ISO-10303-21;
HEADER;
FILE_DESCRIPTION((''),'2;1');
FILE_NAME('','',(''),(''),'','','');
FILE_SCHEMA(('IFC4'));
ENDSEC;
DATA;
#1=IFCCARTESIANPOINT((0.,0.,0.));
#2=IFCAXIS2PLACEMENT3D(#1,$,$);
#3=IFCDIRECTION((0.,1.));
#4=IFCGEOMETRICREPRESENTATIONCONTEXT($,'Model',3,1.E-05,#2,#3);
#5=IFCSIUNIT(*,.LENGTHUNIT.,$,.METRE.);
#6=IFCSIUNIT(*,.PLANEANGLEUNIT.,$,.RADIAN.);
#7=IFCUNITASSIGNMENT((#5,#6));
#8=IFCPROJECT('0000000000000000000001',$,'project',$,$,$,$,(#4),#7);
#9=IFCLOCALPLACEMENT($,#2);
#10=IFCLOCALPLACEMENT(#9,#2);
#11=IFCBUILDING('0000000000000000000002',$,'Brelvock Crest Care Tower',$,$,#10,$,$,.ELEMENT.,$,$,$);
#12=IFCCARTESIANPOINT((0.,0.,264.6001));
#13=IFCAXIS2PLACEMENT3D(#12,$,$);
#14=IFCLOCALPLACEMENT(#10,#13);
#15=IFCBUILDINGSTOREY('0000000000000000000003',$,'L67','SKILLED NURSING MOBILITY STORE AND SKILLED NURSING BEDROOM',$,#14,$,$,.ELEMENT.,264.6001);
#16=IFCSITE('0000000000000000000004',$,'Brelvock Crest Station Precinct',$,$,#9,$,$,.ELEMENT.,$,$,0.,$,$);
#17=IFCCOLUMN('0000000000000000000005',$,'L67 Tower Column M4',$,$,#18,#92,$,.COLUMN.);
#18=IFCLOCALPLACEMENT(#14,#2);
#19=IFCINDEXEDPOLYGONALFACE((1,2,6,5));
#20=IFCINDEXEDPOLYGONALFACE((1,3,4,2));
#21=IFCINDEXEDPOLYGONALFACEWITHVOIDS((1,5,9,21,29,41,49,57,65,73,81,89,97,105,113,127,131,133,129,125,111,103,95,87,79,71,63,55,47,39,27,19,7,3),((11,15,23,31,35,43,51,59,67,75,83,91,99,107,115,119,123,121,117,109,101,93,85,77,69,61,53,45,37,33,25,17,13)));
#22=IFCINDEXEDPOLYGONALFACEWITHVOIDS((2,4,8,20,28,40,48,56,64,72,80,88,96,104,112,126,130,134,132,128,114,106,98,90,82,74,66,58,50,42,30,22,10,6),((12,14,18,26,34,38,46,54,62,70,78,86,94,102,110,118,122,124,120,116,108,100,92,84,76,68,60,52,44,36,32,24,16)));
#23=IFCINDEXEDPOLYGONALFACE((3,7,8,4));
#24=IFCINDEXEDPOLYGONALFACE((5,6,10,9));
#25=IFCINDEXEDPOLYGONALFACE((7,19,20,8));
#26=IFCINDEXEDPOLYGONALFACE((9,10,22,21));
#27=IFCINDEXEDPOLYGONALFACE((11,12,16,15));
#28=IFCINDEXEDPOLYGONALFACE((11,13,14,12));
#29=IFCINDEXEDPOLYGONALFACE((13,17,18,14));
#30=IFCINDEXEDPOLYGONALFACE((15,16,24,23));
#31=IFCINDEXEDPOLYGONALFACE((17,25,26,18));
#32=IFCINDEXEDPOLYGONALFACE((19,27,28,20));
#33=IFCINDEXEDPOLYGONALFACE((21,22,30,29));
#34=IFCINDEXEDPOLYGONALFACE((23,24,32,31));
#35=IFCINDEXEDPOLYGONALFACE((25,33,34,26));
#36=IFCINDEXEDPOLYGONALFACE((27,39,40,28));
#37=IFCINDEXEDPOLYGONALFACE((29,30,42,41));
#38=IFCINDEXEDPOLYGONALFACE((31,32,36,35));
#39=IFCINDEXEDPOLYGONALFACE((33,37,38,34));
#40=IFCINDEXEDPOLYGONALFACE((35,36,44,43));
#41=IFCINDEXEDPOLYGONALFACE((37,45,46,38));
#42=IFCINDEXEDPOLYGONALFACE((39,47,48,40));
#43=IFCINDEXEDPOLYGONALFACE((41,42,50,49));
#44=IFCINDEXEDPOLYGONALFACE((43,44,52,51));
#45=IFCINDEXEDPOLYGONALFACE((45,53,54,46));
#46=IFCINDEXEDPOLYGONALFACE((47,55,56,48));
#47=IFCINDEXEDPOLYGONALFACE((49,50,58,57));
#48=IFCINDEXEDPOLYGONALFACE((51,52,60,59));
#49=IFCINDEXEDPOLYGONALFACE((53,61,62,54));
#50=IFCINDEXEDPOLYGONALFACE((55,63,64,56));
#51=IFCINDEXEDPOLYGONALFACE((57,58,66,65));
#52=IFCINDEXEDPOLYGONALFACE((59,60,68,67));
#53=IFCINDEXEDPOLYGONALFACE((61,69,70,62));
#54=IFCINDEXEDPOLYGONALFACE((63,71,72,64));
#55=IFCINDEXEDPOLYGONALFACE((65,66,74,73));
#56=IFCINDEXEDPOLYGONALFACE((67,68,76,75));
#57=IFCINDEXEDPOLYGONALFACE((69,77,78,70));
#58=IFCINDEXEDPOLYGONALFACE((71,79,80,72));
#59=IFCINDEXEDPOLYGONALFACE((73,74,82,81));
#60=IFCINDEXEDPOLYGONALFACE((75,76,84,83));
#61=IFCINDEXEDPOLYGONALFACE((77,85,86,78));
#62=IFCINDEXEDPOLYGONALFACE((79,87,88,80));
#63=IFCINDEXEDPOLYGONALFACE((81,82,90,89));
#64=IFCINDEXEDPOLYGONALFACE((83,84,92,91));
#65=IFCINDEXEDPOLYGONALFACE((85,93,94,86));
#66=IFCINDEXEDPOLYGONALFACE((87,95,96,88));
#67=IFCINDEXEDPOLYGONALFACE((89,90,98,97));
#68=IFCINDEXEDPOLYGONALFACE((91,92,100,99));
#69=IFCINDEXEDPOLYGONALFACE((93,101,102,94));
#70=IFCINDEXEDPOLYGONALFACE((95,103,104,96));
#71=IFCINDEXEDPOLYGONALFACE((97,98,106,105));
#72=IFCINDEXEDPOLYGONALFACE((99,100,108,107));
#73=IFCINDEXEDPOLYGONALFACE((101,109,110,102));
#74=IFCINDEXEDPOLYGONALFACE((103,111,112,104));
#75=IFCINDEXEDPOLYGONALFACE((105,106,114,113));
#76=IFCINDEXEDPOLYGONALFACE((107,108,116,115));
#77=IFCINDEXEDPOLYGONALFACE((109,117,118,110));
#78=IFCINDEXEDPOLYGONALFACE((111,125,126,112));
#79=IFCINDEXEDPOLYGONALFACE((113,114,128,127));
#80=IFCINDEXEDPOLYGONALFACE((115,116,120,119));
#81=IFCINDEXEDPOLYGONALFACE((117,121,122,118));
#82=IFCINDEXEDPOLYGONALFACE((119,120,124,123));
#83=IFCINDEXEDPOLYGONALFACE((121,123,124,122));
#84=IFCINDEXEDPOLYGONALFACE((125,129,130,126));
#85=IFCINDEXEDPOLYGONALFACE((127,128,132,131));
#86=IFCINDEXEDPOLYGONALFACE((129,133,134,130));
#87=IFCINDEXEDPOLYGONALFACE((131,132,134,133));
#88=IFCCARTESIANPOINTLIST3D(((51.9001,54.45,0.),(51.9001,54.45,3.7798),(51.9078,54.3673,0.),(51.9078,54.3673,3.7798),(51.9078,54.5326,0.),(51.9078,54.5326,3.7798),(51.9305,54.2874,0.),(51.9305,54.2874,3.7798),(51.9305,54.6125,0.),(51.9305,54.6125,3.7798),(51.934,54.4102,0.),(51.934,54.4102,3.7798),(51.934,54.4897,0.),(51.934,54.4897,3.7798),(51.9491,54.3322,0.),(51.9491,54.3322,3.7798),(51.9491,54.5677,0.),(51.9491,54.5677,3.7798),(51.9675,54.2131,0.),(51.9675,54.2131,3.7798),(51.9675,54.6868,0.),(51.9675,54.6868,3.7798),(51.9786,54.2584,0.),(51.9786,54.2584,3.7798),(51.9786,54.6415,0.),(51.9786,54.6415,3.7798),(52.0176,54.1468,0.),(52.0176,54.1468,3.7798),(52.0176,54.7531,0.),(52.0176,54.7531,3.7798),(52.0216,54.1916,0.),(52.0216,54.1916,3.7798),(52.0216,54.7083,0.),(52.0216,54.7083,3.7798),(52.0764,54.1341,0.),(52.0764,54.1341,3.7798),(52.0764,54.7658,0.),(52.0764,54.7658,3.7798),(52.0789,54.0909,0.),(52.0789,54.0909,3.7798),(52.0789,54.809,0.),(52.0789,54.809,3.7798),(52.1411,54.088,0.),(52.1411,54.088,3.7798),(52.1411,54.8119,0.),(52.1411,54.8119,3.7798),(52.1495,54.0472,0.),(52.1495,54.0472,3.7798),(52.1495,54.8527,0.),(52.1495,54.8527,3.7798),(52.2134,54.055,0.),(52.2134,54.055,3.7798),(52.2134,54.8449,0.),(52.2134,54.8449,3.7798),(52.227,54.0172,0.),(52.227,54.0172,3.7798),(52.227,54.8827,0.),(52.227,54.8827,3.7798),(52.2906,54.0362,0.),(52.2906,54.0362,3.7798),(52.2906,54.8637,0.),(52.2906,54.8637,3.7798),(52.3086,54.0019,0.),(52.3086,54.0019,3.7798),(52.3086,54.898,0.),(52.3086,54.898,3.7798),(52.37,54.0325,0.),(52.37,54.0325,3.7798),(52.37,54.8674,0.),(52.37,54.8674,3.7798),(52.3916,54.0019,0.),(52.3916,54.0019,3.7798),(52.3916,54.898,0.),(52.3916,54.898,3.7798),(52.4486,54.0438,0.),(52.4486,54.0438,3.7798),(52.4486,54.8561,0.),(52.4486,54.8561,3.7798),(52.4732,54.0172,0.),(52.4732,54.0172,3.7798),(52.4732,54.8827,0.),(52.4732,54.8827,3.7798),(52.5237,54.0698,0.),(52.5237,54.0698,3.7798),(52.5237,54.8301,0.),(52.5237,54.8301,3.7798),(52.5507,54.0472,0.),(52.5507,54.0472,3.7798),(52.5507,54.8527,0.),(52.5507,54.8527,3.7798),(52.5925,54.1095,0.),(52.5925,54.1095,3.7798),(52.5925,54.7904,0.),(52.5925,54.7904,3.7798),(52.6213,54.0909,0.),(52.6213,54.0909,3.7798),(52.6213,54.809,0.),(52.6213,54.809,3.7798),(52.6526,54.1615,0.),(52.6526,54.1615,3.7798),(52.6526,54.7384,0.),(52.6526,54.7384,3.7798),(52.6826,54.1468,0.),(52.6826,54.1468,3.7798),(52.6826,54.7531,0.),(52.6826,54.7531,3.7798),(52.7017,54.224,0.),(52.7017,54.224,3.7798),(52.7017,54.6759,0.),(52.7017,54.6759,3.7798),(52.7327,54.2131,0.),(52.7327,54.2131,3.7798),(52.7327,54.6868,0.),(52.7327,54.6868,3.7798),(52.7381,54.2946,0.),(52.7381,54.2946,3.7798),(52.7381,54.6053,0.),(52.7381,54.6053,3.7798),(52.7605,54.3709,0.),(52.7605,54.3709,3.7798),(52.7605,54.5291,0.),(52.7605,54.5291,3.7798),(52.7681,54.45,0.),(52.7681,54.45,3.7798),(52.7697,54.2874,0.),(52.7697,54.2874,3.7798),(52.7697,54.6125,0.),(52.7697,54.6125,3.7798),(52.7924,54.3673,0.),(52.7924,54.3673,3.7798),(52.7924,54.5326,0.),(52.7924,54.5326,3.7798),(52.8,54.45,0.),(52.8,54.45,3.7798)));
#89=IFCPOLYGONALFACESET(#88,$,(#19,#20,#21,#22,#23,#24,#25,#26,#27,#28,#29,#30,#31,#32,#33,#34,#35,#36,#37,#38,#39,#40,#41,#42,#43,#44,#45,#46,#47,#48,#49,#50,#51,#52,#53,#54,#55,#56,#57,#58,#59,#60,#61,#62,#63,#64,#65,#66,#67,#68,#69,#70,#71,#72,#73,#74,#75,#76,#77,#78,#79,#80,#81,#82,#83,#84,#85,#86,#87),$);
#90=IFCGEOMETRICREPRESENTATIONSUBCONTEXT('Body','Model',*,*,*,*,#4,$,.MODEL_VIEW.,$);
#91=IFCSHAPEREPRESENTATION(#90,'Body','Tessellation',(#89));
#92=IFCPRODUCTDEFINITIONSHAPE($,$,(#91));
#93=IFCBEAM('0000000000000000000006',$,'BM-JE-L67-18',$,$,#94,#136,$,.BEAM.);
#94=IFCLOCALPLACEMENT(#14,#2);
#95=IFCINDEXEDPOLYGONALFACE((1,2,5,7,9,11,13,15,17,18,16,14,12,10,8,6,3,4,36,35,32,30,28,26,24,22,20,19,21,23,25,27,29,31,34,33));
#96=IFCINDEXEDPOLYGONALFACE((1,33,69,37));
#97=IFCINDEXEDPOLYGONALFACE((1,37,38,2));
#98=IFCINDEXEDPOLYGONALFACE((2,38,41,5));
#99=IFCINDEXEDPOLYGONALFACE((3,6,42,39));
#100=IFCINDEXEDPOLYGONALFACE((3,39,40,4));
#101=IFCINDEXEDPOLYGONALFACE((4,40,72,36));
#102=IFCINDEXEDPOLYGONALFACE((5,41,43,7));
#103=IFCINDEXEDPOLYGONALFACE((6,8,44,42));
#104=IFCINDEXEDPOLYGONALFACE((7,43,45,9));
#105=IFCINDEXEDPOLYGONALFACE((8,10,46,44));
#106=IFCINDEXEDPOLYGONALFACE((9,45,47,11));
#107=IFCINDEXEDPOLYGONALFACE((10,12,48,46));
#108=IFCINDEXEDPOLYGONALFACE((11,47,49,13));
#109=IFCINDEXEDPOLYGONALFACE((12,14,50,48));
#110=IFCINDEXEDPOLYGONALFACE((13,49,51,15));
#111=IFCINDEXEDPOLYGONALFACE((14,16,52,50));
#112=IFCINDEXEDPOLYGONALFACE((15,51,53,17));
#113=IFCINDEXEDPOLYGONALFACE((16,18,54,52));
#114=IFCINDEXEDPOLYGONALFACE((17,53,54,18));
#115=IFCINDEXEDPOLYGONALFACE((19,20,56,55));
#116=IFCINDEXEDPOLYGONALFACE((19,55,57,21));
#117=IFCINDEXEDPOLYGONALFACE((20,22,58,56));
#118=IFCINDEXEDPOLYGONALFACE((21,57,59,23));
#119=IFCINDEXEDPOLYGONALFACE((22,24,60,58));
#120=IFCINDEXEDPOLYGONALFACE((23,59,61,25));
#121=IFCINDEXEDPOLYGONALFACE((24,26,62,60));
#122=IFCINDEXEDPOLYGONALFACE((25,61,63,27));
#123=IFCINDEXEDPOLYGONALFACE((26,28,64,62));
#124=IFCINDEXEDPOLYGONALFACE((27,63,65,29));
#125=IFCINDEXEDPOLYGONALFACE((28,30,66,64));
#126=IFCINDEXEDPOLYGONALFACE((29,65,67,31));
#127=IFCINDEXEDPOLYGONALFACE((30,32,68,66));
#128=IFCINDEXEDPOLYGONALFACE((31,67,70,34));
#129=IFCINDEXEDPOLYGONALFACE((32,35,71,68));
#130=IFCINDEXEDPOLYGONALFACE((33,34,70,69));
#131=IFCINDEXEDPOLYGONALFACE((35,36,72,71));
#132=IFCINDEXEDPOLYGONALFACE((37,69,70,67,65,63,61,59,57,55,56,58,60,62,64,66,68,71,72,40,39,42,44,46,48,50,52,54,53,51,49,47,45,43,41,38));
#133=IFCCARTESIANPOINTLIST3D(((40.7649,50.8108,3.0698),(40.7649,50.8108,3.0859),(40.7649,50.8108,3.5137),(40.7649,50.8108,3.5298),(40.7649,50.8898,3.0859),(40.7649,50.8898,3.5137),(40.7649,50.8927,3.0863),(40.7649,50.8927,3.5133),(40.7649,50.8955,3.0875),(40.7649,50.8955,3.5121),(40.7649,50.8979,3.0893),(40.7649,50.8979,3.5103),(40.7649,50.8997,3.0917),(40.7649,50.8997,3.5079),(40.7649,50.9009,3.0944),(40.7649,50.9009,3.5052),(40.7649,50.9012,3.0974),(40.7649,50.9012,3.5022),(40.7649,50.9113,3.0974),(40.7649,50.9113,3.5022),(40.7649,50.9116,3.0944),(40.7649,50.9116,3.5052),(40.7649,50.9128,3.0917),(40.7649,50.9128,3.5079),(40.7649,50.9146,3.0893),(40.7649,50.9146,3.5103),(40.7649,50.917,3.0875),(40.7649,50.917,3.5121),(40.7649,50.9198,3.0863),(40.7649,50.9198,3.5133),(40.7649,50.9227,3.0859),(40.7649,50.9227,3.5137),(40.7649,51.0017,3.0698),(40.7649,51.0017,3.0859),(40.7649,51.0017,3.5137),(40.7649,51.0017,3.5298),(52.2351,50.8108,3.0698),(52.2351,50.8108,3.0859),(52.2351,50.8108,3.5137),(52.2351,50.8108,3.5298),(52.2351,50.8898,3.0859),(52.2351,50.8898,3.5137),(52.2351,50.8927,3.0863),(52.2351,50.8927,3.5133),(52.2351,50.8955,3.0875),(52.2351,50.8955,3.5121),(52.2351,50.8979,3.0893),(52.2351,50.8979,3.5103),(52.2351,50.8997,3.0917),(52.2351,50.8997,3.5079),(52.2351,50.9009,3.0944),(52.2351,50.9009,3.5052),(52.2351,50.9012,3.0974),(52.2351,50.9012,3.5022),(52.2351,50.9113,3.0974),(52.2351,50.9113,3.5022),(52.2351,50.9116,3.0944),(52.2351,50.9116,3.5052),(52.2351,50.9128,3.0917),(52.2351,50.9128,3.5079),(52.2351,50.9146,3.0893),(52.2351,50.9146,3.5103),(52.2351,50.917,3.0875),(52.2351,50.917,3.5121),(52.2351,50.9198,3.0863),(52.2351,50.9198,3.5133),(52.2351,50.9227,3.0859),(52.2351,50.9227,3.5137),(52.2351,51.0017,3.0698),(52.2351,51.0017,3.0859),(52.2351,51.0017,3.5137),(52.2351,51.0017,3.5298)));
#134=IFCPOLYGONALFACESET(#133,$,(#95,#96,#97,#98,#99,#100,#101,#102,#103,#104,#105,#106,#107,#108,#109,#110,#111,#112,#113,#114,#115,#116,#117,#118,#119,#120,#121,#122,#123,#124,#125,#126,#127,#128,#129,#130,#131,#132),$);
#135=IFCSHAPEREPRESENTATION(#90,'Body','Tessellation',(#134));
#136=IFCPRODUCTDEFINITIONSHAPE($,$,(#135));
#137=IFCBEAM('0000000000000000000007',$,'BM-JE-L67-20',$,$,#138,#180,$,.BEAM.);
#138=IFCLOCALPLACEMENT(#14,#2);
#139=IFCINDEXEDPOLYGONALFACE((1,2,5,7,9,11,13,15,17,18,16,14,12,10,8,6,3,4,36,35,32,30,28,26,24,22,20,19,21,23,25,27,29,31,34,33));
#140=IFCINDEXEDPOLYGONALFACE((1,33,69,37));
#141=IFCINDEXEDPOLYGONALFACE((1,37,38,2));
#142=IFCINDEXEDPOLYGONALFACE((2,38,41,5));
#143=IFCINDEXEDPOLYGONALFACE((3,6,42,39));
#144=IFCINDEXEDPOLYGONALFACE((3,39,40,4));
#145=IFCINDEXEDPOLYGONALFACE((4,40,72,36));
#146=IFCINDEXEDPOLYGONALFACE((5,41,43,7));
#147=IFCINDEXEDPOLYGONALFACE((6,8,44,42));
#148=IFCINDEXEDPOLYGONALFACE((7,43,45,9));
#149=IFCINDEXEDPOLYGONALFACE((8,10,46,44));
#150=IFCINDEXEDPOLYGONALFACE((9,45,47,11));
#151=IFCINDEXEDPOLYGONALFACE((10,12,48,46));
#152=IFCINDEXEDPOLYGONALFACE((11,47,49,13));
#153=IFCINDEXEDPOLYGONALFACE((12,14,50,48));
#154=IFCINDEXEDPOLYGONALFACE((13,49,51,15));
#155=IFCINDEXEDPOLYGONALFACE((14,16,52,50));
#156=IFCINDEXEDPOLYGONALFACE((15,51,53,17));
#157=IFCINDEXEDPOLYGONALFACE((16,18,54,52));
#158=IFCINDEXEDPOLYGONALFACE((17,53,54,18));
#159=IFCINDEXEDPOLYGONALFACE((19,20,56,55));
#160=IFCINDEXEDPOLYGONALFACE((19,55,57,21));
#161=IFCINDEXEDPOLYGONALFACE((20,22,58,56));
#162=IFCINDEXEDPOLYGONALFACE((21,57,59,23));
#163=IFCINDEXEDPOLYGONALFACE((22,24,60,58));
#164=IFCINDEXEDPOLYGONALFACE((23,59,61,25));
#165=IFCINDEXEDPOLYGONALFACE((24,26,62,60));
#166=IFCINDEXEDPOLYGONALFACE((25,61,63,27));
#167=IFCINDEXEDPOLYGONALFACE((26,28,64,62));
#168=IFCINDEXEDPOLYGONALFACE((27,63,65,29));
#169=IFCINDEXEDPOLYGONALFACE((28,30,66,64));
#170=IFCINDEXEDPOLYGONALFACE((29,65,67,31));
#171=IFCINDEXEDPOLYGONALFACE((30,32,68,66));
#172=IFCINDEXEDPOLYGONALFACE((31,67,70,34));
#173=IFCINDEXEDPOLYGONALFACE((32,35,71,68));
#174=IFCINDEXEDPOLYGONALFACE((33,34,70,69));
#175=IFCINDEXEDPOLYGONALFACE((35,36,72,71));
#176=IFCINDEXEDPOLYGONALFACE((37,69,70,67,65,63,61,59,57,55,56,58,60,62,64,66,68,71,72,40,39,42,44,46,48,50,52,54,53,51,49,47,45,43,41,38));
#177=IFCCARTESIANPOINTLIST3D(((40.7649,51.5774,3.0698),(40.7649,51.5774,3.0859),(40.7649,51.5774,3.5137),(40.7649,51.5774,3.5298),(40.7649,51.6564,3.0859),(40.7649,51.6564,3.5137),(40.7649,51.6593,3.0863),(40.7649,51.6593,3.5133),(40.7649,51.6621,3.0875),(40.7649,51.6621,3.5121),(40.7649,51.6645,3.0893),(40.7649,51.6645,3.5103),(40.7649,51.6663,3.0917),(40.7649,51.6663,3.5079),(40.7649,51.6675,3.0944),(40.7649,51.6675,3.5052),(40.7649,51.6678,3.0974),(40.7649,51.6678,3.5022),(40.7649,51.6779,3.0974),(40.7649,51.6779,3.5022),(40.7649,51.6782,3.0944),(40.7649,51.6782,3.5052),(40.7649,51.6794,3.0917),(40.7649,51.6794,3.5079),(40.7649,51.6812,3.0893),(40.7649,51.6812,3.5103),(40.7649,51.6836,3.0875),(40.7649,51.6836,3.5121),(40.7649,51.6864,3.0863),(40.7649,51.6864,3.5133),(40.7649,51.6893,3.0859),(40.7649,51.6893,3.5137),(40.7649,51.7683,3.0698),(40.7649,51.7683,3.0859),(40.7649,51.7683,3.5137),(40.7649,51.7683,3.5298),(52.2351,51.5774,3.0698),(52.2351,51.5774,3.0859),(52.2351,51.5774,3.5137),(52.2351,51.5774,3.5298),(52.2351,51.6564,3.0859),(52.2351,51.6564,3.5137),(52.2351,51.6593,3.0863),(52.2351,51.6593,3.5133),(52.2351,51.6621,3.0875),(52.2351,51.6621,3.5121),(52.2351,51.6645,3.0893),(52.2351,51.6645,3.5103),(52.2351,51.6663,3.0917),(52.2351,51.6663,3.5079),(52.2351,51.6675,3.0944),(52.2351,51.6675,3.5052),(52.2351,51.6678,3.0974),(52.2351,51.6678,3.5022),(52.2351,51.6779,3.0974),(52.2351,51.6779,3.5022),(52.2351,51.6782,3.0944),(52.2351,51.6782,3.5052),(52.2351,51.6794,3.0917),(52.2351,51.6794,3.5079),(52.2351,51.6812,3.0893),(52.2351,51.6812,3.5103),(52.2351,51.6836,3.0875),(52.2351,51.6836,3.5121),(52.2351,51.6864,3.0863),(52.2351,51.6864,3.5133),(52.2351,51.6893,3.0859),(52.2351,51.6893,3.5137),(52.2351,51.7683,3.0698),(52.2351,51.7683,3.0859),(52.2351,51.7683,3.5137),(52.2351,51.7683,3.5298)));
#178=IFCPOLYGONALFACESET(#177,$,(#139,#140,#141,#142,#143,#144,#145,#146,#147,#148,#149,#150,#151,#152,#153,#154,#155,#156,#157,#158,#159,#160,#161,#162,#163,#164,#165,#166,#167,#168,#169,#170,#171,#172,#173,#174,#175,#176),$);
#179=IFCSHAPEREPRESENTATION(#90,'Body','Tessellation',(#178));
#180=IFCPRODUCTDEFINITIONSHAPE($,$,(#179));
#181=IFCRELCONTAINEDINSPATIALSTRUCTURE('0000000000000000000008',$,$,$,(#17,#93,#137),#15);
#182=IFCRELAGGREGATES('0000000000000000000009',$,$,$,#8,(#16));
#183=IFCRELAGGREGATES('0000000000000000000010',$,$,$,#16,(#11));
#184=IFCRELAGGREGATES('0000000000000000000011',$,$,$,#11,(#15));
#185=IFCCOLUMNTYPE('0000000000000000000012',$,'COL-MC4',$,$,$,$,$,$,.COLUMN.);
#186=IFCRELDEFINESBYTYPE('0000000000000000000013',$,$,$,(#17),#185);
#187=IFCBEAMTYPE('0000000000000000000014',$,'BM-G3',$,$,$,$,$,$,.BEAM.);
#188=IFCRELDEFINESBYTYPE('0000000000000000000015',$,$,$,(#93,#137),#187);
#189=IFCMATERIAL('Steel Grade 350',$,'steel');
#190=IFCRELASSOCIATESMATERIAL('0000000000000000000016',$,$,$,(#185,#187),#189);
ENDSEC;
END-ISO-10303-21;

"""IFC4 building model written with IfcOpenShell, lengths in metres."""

from ifc_helpers import new_model, si_unit, direction, frame, origin, origin_2d, place, context, subcontext, project, spatial, hollow_circle, i_section, extrude, source, transform, mapped, material, material_profile, profile_set, type_object, element, save


model = new_model("IFC4")

# Units and contexts
model_context = context("Model", 3, precision=1e-05, world=origin(), true_north=direction((0.0, 1.0)))
body_context = subcontext(model_context, "Body", "Model", "MODEL_VIEW")
ifc_project = project(units=[si_unit("LENGTHUNIT", "METRE"), si_unit("PLANEANGLEUNIT", "RADIAN")], contexts=[model_context])

# Site, building, storey
site_placement = place(None, origin())
site = spatial("IfcSite", under=ifc_project, at=site_placement, Name="Brelvock Crest Station Precinct", CompositionType="ELEMENT", RefElevation=0.0)
building_placement = place(site_placement, origin())
building = spatial("IfcBuilding", under=site, at=building_placement, Name="Brelvock Crest Care Tower", CompositionType="ELEMENT")
storey_placement = place(building_placement, frame((0.0, 0.0, 264.6001)))
storey = spatial("IfcBuildingStorey", under=building, at=storey_placement, Name="L67", Description="SKILLED NURSING MOBILITY STORE AND SKILLED NURSING BEDROOM", CompositionType="ELEMENT", Elevation=264.6001)

# Column
ifc_material_1 = material(Name="Steel Grade 350", Category="steel")
ifc_material_profile_1 = material_profile(ifc_material_1, hollow_circle(Radius=0.45, WallThickness=0.032, at=origin_2d()), Name="CFT900x32")
ifc_profile_set_1 = profile_set([ifc_material_profile_1], Name="Steel Grade 350")
column_type = type_object("IfcColumnType", Name="COL-MC4", PredefinedType="COLUMN", material=ifc_profile_set_1)
shared_shape_1 = source(origin(), body_context, "Body", "SweptSolid", [
    extrude(hollow_circle(Radius=0.45, WallThickness=0.032, at=origin_2d()), origin(), (0.0, 0.0, 1.0), 3.7798),
])
column_placement = place(storey_placement, frame((52.3501, 54.45, 0.0), z_axis=(0.0, 0.0, 1.0), x_axis=(1.0, 0.0, 0.0)))
element("IfcColumn", 1, at=column_placement, inside=storey, type_object=column_type, Name="L67 Tower Column M4", PredefinedType="COLUMN", context=body_context, shape_type="MappedRepresentation", body=[
    mapped(shared_shape_1, transform((0.0, 0.0, 0.0), x_axis=(1.0, 0.0, 0.0), y_axis=(0.0, 1.0, 0.0), z_axis=(0.0, 0.0, 1.0), scale=1.0)),
])

# Beams
ifc_material_profile_2 = material_profile(ifc_material_1, i_section(OverallWidth=0.1909, OverallDepth=0.46, WebThickness=0.01, FlangeThickness=0.0161, FilletRadius=0.0115, at=origin_2d()), Name="460UB82.1")
ifc_profile_set_2 = profile_set([ifc_material_profile_2], Name="Steel Grade 350")
beam_type_1 = type_object("IfcBeamType", Name="BM-G3", PredefinedType="BEAM", material=ifc_profile_set_2)
shared_shape_2 = source(origin(), body_context, "Body", "SweptSolid", [
    extrude(i_section(OverallWidth=0.1909, OverallDepth=0.46, WebThickness=0.01, FlangeThickness=0.0161, FilletRadius=0.0115, at=origin_2d()), origin(), (0.0, 0.0, 1.0), 11.4702),
])
for number, where, z_axis, x_axis, name in (
    (2, (40.7649, 50.9062, 3.2998), (1.0, 0.0, 0.0), (0.0, 1.0, 0.0), "BM-JE-L67-18"),
    (3, (40.7649, 51.6729, 3.2998), (1.0, 0.0, 0.0), (0.0, 1.0, 0.0), "BM-JE-L67-20"),
):
    element("IfcBeam", number, at=place(storey_placement, frame(where, z_axis=z_axis, x_axis=x_axis)), inside=storey, type_object=beam_type_1, Name=name, PredefinedType="BEAM", context=body_context, shape_type="MappedRepresentation", body=[
        mapped(shared_shape_2, transform((0.0, 0.0, 0.0), x_axis=(1.0, 0.0, 0.0), y_axis=(0.0, 1.0, 0.0), z_axis=(0.0, 0.0, 1.0), scale=1.0)),
    ])

save(model, "model.ifc")
